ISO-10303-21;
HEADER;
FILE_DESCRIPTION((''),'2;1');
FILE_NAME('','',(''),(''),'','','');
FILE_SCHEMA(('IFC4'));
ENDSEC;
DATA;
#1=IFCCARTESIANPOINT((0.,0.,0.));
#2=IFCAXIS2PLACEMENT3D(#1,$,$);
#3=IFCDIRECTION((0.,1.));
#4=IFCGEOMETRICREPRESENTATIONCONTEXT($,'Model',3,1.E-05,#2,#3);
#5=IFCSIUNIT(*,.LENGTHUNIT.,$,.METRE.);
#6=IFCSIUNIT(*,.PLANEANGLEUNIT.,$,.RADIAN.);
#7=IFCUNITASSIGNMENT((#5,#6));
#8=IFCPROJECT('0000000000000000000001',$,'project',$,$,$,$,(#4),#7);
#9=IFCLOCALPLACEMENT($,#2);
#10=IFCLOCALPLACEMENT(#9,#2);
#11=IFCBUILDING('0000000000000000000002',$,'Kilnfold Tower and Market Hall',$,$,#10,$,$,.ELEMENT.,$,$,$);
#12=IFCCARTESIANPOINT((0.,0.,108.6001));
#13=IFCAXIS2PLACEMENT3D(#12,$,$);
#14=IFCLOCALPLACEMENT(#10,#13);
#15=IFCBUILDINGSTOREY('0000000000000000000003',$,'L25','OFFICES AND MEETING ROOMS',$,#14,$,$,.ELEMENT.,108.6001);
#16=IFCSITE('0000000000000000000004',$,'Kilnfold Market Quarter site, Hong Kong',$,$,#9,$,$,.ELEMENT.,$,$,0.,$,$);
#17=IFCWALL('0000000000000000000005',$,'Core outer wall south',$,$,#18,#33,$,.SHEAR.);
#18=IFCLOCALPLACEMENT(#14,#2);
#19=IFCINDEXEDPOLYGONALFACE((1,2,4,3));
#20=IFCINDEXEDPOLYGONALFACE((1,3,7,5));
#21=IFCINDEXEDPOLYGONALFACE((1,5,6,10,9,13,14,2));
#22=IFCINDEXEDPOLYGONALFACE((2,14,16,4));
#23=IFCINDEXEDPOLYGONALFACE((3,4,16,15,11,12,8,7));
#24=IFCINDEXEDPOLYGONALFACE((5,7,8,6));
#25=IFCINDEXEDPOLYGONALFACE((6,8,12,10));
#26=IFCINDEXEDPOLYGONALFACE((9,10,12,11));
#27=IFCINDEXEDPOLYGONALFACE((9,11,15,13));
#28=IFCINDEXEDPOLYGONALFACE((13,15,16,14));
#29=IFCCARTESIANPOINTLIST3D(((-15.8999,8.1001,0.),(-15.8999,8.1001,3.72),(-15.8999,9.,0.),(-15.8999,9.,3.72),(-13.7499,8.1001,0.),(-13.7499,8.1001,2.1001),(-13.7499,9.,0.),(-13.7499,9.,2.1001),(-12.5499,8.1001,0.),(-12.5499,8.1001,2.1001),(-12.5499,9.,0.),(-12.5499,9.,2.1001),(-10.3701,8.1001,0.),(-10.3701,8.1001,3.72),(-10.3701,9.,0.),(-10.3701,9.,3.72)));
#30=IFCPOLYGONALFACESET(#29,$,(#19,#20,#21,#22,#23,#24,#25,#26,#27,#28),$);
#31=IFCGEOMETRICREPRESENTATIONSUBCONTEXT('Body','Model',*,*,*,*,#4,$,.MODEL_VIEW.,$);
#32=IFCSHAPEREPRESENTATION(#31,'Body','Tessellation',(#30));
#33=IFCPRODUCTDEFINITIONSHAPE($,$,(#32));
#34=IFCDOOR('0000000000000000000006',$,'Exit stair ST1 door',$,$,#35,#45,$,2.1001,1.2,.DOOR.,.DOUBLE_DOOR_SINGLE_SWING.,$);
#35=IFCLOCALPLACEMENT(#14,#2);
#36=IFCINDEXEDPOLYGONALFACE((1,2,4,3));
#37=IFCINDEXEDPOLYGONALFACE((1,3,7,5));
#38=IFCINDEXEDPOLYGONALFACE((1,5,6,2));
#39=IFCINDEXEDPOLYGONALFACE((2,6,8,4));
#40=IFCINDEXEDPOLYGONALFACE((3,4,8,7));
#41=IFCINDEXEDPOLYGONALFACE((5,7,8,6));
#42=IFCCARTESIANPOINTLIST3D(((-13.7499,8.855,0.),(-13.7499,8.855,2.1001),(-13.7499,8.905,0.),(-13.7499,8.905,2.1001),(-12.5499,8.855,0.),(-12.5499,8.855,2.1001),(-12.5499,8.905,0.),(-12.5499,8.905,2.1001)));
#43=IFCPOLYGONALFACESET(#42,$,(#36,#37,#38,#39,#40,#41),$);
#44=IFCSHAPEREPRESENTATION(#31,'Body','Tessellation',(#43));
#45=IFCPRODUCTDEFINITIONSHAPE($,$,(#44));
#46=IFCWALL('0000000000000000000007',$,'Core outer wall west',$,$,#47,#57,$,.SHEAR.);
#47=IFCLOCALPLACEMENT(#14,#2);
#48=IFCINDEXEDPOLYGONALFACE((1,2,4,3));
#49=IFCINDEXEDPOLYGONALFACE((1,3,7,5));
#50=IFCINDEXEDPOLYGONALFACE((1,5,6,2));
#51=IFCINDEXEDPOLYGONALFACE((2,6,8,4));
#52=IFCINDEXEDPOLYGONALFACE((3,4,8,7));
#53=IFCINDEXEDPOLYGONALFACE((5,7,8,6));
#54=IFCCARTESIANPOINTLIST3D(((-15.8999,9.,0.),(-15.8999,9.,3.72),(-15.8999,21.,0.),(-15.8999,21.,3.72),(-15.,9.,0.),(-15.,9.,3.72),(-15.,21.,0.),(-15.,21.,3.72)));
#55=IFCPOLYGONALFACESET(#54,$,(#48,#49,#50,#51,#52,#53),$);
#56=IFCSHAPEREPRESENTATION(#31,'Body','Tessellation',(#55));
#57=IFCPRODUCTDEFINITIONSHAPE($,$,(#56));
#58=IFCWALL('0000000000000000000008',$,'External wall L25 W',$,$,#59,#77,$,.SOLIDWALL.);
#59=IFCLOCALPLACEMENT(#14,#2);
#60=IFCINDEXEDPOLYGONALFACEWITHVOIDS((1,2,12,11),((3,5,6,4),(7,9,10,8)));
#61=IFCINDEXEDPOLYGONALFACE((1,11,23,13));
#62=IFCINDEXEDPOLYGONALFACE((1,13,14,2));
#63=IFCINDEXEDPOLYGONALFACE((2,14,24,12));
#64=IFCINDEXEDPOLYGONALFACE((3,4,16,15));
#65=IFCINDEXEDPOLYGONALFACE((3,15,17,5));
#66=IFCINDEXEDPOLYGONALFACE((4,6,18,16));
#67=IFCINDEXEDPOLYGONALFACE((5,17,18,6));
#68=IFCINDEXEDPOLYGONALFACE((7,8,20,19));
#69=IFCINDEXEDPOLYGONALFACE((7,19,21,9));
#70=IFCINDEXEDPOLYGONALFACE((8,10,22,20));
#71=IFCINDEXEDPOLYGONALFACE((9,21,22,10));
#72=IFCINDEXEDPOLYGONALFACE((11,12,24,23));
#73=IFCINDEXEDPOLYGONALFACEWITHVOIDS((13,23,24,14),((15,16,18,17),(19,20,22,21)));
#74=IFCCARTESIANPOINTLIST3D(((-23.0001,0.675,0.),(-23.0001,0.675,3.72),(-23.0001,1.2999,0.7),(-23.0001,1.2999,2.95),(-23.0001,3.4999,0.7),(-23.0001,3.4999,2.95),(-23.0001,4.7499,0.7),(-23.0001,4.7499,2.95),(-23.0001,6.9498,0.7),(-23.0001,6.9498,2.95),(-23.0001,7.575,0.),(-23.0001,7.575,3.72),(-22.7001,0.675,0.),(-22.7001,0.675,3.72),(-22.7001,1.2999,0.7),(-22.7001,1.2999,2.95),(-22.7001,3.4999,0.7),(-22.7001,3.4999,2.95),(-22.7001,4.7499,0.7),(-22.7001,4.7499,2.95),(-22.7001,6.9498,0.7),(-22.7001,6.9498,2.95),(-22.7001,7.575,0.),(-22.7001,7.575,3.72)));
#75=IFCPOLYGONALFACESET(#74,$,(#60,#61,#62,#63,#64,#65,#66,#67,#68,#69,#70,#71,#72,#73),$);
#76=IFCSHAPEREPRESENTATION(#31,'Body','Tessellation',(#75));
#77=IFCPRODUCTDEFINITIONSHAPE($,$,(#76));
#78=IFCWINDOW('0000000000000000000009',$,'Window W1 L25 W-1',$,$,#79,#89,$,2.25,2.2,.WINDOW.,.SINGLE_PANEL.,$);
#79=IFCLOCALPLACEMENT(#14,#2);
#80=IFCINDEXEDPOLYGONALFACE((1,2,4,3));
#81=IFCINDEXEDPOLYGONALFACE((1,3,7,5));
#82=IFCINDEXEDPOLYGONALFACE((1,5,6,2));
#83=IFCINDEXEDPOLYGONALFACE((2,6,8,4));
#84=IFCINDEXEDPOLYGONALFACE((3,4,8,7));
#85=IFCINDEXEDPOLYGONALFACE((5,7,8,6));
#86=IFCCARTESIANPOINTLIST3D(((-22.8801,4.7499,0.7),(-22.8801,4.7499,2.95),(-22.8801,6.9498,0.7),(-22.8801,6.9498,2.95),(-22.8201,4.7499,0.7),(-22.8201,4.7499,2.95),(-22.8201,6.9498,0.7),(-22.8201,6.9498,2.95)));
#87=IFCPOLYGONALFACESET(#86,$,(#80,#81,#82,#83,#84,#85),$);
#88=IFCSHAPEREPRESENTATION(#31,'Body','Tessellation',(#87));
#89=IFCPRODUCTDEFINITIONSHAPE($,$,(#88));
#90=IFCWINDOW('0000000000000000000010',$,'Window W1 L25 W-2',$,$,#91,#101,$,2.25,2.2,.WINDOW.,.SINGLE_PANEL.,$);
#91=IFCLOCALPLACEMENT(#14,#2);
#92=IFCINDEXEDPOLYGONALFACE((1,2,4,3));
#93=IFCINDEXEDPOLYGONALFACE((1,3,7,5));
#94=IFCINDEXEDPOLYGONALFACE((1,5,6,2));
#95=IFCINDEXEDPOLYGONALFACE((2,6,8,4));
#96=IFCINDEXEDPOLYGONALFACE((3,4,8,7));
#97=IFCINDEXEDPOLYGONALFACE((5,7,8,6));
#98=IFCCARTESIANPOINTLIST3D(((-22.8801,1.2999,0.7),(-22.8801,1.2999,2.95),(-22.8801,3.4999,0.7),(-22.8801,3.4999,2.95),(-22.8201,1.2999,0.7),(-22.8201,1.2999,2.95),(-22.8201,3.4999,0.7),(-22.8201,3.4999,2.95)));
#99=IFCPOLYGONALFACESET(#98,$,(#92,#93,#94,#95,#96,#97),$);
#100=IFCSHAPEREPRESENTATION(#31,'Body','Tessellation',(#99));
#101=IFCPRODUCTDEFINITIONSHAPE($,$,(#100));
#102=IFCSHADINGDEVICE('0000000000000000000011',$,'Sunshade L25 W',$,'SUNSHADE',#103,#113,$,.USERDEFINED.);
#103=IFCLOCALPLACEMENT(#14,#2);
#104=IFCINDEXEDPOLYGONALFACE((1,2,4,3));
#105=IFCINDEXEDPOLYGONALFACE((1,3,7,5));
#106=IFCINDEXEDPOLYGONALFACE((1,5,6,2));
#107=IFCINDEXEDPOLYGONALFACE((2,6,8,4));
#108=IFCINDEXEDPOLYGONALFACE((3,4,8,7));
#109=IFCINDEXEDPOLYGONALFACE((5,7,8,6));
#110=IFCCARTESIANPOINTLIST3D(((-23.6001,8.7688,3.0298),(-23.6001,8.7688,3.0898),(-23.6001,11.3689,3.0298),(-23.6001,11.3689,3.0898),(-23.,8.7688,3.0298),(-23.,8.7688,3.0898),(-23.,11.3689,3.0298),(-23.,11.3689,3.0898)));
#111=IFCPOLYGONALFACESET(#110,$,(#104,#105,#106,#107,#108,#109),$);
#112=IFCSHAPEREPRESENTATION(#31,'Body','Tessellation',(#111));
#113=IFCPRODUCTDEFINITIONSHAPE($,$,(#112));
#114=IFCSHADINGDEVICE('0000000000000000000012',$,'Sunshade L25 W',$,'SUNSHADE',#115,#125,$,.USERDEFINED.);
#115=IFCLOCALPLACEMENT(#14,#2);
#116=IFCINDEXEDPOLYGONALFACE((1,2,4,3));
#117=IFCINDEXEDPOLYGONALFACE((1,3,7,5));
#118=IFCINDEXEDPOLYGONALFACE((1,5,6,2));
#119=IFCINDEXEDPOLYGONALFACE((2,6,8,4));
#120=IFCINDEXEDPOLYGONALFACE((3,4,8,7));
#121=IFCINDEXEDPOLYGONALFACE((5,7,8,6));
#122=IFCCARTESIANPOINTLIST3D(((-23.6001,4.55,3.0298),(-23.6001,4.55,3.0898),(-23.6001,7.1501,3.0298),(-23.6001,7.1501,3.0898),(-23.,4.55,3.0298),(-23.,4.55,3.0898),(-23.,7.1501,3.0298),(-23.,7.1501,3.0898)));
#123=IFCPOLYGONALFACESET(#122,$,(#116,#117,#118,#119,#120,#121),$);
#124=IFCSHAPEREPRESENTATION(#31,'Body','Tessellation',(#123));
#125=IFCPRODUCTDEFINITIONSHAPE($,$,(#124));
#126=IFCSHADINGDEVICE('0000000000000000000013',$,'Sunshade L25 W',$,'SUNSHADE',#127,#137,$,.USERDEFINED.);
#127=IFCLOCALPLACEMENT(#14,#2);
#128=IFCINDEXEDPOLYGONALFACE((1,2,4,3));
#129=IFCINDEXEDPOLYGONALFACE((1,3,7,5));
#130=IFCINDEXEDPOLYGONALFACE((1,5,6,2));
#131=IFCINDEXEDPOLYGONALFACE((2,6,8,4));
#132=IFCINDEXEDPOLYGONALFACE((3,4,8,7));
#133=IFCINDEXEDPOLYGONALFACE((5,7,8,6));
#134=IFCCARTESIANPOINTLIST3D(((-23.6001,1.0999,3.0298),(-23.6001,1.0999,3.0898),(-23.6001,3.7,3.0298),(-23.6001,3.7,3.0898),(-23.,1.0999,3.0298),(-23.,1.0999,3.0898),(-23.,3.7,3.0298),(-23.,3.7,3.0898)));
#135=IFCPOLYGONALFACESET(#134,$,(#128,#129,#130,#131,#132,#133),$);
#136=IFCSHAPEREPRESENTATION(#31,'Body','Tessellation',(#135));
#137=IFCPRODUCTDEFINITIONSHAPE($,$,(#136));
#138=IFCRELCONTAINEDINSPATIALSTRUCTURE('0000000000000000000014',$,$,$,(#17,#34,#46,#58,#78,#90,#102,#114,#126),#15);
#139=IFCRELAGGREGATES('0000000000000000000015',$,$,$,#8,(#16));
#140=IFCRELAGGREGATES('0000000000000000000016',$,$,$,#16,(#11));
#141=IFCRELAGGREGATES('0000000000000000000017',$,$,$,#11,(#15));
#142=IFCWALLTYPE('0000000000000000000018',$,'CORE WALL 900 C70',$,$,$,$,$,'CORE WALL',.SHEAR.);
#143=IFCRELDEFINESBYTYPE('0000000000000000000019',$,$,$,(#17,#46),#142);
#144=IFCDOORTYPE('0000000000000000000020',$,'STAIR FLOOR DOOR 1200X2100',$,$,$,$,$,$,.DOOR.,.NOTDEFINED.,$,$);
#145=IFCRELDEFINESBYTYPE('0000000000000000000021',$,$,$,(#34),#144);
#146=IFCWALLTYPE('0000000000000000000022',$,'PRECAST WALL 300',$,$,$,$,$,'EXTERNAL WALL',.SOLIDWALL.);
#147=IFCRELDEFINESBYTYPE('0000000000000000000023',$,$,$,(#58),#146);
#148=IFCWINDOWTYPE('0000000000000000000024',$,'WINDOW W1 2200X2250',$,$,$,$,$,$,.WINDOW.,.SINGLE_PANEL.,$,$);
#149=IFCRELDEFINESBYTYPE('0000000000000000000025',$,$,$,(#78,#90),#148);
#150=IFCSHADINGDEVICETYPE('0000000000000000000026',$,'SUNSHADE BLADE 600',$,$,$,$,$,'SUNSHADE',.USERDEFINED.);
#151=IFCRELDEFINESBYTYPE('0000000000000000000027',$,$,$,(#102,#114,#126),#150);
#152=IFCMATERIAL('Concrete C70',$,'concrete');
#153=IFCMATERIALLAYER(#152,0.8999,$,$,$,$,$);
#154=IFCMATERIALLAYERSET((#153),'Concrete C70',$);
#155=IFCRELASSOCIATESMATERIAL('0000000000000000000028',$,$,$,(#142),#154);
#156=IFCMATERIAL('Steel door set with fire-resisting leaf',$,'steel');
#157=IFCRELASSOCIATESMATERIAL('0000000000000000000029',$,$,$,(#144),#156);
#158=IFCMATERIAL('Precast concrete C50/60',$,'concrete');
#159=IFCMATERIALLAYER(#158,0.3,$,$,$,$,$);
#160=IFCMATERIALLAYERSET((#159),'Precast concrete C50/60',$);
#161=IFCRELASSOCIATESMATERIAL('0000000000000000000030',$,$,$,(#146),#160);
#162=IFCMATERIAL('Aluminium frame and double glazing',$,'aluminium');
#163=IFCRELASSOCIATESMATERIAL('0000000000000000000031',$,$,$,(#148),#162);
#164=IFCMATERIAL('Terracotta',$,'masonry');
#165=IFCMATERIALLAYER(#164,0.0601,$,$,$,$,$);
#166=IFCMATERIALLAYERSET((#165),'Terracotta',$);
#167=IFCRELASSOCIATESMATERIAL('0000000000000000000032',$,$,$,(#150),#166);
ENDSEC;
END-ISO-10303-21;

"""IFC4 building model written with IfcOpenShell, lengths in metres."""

from ifc_helpers import new_model, si_unit, direction, frame, frame_2d, origin, origin_2d, place, context, subcontext, project, spatial, rectangle, extrude, source, transform, mapped, material, layer, layer_set, type_object, element, fill, save


model = new_model("IFC4")

# Units and contexts
model_context = context("Model", 3, precision=1e-05, world=origin(), true_north=direction((0.0, 1.0)))
body_context = subcontext(model_context, "Body", "Model", "MODEL_VIEW")
ifc_project = project(units=[si_unit("LENGTHUNIT", "METRE"), si_unit("PLANEANGLEUNIT", "RADIAN")], contexts=[model_context])

# Site, building, storey
site_placement = place(None, origin())
site = spatial("IfcSite", under=ifc_project, at=site_placement, Name="Kilnfold Market Quarter site, Hong Kong", CompositionType="ELEMENT", RefElevation=0.0)
building_placement = place(site_placement, origin())
building = spatial("IfcBuilding", under=site, at=building_placement, Name="Kilnfold Tower and Market Hall", CompositionType="ELEMENT")
storey_placement = place(building_placement, frame((0.0, 0.0, 108.6001)))
storey = spatial("IfcBuildingStorey", under=building, at=storey_placement, Name="L25", Description="OFFICES AND MEETING ROOMS", CompositionType="ELEMENT", Elevation=108.6001)

# Wall, opening, door
ifc_material_1 = material(Name="Concrete C70", Category="concrete")
ifc_layer_1 = layer(ifc_material_1, 0.8999)
ifc_layer_set_1 = layer_set([ifc_layer_1], Name="Concrete C70")
wall_type_1 = type_object("IfcWallType", Name="CORE WALL 900 C70", ElementType="CORE WALL", PredefinedType="SHEAR", material=ifc_layer_set_1)
shared_shape_1 = source(origin(), body_context, "Body", "SweptSolid", [
    extrude(rectangle(XDim=5.5298, YDim=0.8999, at=frame_2d((2.7649, 0.0))), origin(), (0.0, 0.0, 1.0), 3.72),
])
wall_1_placement = place(storey_placement, frame((-15.8999, 8.55, 0.0), z_axis=(0.0, 0.0, 1.0), x_axis=(1.0, 0.0, 0.0)))
wall_1 = element("IfcWall", 1, at=wall_1_placement, inside=storey, type_object=wall_type_1, Name="Core outer wall south", PredefinedType="SHEAR", context=body_context, shape_type="MappedRepresentation", body=[
    mapped(shared_shape_1, transform((0.0, 0.0, 0.0))),
])
opening_1_placement = place(wall_1_placement, frame((2.1499, 0.0, 0.0)))
opening_1 = element("IfcOpeningElement", 2, at=opening_1_placement, cuts=wall_1, PredefinedType="OPENING", context=body_context, shape_type="SweptSolid", body=[
    extrude(rectangle(XDim=1.2, YDim=2.1001, at=frame_2d((0.6001, 1.05))), frame((0.0, 0.46, 0.0), z_axis=(0.0, -1.0, 0.0), x_axis=(1.0, 0.0, 0.0)), (0.0, 0.0, 1.0), 0.9199),
])
ifc_material_2 = material(Name="Steel door set with fire-resisting leaf", Category="steel")
door_type_1 = type_object("IfcDoorType", Name="STAIR FLOOR DOOR 1200X2100", OperationType="NOTDEFINED", PredefinedType="DOOR", material=ifc_material_2)
door_1_placement = place(opening_1_placement, origin())
door_1 = element("IfcDoor", 3, at=door_1_placement, inside=storey, type_object=door_type_1, Name="Exit stair ST1 door", OperationType="DOUBLE_DOOR_SINGLE_SWING", OverallHeight=2.1001, OverallWidth=1.2, PredefinedType="DOOR", context=body_context, shape_type="SweptSolid", body=[
    extrude(rectangle(XDim=1.2, YDim=2.1001, at=frame_2d((0.6001, 1.05))), frame((0.0, 0.355, 0.0), z_axis=(0.0, -1.0, 0.0), x_axis=(1.0, 0.0, 0.0)), (0.0, 0.0, 1.0), 0.05),
])
fill(opening_1, door_1)

# Wall
shared_shape_2 = source(origin(), body_context, "Body", "SweptSolid", [
    extrude(rectangle(XDim=12.0, YDim=0.8999, at=frame_2d((6.0, 0.0))), origin(), (0.0, 0.0, 1.0), 3.72),
])
wall_2_placement = place(storey_placement, frame((-15.45, 9.0, 0.0), z_axis=(0.0, 0.0, 1.0), x_axis=(0.0, 1.0, 0.0)))
element("IfcWall", 4, at=wall_2_placement, inside=storey, type_object=wall_type_1, Name="Core outer wall west", PredefinedType="SHEAR", context=body_context, shape_type="MappedRepresentation", body=[
    mapped(shared_shape_2, transform((0.0, 0.0, 0.0))),
])

# Wall, openings, windows
ifc_material_3 = material(Name="Precast concrete C50/60", Category="concrete")
ifc_layer_2 = layer(ifc_material_3, 0.3)
ifc_layer_set_2 = layer_set([ifc_layer_2], Name="Precast concrete C50/60")
wall_type_2 = type_object("IfcWallType", Name="PRECAST WALL 300", ElementType="EXTERNAL WALL", PredefinedType="SOLIDWALL", material=ifc_layer_set_2)
shared_shape_3 = source(origin(), body_context, "Body", "SweptSolid", [
    extrude(rectangle(XDim=6.8999, YDim=0.3, at=frame_2d((3.45, 0.0))), origin(), (0.0, 0.0, 1.0), 3.72),
])
wall_3_placement = place(storey_placement, frame((-22.8501, 7.575, 0.0), z_axis=(0.0, 0.0, 1.0), x_axis=(0.0, -1.0, 0.0)))
wall_3 = element("IfcWall", 5, at=wall_3_placement, inside=storey, type_object=wall_type_2, Name="External wall L25 W", PredefinedType="SOLIDWALL", context=body_context, shape_type="MappedRepresentation", body=[
    mapped(shared_shape_3, transform((0.0, 0.0, 0.0))),
])
opening_2_placement = place(wall_3_placement, frame((0.625, 0.0, 0.7)))
opening_2 = element("IfcOpeningElement", 6, at=opening_2_placement, cuts=wall_3, PredefinedType="OPENING", context=body_context, shape_type="SweptSolid", body=[
    extrude(rectangle(XDim=2.2, YDim=2.25, at=frame_2d((1.1001, 1.125))), frame((0.0, 0.1602, 0.0), z_axis=(0.0, -1.0, 0.0), x_axis=(1.0, 0.0, 0.0)), (0.0, 0.0, 1.0), 0.3201),
])
opening_3_placement = place(wall_3_placement, frame((4.075, 0.0, 0.7)))
opening_3 = element("IfcOpeningElement", 7, at=opening_3_placement, cuts=wall_3, PredefinedType="OPENING", context=body_context, shape_type="SweptSolid", body=[
    extrude(rectangle(XDim=2.2, YDim=2.25, at=frame_2d((1.1001, 1.125))), frame((0.0, 0.1602, 0.0), z_axis=(0.0, -1.0, 0.0), x_axis=(1.0, 0.0, 0.0)), (0.0, 0.0, 1.0), 0.3201),
])
ifc_material_4 = material(Name="Aluminium frame and double glazing", Category="aluminium")
window_type = type_object("IfcWindowType", Name="WINDOW W1 2200X2250", PartitioningType="SINGLE_PANEL", PredefinedType="WINDOW", material=ifc_material_4)
window_1_placement = place(opening_2_placement, origin())
window_1 = element("IfcWindow", 8, at=window_1_placement, inside=storey, type_object=window_type, Name="Window W1 L25 W-1", OverallHeight=2.25, OverallWidth=2.2, PartitioningType="SINGLE_PANEL", PredefinedType="WINDOW", context=body_context, shape_type="SweptSolid", body=[
    extrude(rectangle(XDim=2.2, YDim=2.25, at=frame_2d((1.1001, 1.125))), frame((0.0, 0.03, 0.0), z_axis=(0.0, -1.0, 0.0), x_axis=(1.0, 0.0, 0.0)), (0.0, 0.0, 1.0), 0.0601),
])
fill(opening_2, window_1)
window_2_placement = place(opening_3_placement, origin())
window_2 = element("IfcWindow", 9, at=window_2_placement, inside=storey, type_object=window_type, Name="Window W1 L25 W-2", OverallHeight=2.25, OverallWidth=2.2, PartitioningType="SINGLE_PANEL", PredefinedType="WINDOW", context=body_context, shape_type="SweptSolid", body=[
    extrude(rectangle(XDim=2.2, YDim=2.25, at=frame_2d((1.1001, 1.125))), frame((0.0, 0.03, 0.0), z_axis=(0.0, -1.0, 0.0), x_axis=(1.0, 0.0, 0.0)), (0.0, 0.0, 1.0), 0.0601),
])
fill(opening_3, window_2)

# Shading devices
ifc_material_5 = material(Name="Terracotta", Category="masonry")
ifc_layer_3 = layer(ifc_material_5, 0.0601)
ifc_layer_set_3 = layer_set([ifc_layer_3], Name="Terracotta")
shading_device_type = type_object("IfcShadingDeviceType", Name="SUNSHADE BLADE 600", ElementType="SUNSHADE", PredefinedType="USERDEFINED", material=ifc_layer_set_3)
shared_shape_4 = source(origin(), body_context, "Body", "SweptSolid", [
    extrude(rectangle(XDim=2.6001, YDim=0.6001, at=origin_2d()), origin(), (0.0, 0.0, 1.0), 0.0601),
])
for number, where, z_axis, x_axis, name in (
    (10, (-23.3, 10.0688, 3.0298), (0.0, 0.0, 1.0), (0.0, -1.0, 0.0), "Sunshade L25 W"),
    (11, (-23.3, 5.8501, 3.0298), (0.0, 0.0, 1.0), (0.0, -1.0, 0.0), "Sunshade L25 W"),
    (12, (-23.3, 2.3999, 3.0298), (0.0, 0.0, 1.0), (0.0, -1.0, 0.0), "Sunshade L25 W"),
):
    element("IfcShadingDevice", number, at=place(storey_placement, frame(where, z_axis=z_axis, x_axis=x_axis)), inside=storey, type_object=shading_device_type, Name=name, ObjectType="SUNSHADE", PredefinedType="USERDEFINED", context=body_context, shape_type="MappedRepresentation", body=[
        mapped(shared_shape_4, transform((0.0, 0.0, 0.0))),
    ])

save(model, "model.ifc")
